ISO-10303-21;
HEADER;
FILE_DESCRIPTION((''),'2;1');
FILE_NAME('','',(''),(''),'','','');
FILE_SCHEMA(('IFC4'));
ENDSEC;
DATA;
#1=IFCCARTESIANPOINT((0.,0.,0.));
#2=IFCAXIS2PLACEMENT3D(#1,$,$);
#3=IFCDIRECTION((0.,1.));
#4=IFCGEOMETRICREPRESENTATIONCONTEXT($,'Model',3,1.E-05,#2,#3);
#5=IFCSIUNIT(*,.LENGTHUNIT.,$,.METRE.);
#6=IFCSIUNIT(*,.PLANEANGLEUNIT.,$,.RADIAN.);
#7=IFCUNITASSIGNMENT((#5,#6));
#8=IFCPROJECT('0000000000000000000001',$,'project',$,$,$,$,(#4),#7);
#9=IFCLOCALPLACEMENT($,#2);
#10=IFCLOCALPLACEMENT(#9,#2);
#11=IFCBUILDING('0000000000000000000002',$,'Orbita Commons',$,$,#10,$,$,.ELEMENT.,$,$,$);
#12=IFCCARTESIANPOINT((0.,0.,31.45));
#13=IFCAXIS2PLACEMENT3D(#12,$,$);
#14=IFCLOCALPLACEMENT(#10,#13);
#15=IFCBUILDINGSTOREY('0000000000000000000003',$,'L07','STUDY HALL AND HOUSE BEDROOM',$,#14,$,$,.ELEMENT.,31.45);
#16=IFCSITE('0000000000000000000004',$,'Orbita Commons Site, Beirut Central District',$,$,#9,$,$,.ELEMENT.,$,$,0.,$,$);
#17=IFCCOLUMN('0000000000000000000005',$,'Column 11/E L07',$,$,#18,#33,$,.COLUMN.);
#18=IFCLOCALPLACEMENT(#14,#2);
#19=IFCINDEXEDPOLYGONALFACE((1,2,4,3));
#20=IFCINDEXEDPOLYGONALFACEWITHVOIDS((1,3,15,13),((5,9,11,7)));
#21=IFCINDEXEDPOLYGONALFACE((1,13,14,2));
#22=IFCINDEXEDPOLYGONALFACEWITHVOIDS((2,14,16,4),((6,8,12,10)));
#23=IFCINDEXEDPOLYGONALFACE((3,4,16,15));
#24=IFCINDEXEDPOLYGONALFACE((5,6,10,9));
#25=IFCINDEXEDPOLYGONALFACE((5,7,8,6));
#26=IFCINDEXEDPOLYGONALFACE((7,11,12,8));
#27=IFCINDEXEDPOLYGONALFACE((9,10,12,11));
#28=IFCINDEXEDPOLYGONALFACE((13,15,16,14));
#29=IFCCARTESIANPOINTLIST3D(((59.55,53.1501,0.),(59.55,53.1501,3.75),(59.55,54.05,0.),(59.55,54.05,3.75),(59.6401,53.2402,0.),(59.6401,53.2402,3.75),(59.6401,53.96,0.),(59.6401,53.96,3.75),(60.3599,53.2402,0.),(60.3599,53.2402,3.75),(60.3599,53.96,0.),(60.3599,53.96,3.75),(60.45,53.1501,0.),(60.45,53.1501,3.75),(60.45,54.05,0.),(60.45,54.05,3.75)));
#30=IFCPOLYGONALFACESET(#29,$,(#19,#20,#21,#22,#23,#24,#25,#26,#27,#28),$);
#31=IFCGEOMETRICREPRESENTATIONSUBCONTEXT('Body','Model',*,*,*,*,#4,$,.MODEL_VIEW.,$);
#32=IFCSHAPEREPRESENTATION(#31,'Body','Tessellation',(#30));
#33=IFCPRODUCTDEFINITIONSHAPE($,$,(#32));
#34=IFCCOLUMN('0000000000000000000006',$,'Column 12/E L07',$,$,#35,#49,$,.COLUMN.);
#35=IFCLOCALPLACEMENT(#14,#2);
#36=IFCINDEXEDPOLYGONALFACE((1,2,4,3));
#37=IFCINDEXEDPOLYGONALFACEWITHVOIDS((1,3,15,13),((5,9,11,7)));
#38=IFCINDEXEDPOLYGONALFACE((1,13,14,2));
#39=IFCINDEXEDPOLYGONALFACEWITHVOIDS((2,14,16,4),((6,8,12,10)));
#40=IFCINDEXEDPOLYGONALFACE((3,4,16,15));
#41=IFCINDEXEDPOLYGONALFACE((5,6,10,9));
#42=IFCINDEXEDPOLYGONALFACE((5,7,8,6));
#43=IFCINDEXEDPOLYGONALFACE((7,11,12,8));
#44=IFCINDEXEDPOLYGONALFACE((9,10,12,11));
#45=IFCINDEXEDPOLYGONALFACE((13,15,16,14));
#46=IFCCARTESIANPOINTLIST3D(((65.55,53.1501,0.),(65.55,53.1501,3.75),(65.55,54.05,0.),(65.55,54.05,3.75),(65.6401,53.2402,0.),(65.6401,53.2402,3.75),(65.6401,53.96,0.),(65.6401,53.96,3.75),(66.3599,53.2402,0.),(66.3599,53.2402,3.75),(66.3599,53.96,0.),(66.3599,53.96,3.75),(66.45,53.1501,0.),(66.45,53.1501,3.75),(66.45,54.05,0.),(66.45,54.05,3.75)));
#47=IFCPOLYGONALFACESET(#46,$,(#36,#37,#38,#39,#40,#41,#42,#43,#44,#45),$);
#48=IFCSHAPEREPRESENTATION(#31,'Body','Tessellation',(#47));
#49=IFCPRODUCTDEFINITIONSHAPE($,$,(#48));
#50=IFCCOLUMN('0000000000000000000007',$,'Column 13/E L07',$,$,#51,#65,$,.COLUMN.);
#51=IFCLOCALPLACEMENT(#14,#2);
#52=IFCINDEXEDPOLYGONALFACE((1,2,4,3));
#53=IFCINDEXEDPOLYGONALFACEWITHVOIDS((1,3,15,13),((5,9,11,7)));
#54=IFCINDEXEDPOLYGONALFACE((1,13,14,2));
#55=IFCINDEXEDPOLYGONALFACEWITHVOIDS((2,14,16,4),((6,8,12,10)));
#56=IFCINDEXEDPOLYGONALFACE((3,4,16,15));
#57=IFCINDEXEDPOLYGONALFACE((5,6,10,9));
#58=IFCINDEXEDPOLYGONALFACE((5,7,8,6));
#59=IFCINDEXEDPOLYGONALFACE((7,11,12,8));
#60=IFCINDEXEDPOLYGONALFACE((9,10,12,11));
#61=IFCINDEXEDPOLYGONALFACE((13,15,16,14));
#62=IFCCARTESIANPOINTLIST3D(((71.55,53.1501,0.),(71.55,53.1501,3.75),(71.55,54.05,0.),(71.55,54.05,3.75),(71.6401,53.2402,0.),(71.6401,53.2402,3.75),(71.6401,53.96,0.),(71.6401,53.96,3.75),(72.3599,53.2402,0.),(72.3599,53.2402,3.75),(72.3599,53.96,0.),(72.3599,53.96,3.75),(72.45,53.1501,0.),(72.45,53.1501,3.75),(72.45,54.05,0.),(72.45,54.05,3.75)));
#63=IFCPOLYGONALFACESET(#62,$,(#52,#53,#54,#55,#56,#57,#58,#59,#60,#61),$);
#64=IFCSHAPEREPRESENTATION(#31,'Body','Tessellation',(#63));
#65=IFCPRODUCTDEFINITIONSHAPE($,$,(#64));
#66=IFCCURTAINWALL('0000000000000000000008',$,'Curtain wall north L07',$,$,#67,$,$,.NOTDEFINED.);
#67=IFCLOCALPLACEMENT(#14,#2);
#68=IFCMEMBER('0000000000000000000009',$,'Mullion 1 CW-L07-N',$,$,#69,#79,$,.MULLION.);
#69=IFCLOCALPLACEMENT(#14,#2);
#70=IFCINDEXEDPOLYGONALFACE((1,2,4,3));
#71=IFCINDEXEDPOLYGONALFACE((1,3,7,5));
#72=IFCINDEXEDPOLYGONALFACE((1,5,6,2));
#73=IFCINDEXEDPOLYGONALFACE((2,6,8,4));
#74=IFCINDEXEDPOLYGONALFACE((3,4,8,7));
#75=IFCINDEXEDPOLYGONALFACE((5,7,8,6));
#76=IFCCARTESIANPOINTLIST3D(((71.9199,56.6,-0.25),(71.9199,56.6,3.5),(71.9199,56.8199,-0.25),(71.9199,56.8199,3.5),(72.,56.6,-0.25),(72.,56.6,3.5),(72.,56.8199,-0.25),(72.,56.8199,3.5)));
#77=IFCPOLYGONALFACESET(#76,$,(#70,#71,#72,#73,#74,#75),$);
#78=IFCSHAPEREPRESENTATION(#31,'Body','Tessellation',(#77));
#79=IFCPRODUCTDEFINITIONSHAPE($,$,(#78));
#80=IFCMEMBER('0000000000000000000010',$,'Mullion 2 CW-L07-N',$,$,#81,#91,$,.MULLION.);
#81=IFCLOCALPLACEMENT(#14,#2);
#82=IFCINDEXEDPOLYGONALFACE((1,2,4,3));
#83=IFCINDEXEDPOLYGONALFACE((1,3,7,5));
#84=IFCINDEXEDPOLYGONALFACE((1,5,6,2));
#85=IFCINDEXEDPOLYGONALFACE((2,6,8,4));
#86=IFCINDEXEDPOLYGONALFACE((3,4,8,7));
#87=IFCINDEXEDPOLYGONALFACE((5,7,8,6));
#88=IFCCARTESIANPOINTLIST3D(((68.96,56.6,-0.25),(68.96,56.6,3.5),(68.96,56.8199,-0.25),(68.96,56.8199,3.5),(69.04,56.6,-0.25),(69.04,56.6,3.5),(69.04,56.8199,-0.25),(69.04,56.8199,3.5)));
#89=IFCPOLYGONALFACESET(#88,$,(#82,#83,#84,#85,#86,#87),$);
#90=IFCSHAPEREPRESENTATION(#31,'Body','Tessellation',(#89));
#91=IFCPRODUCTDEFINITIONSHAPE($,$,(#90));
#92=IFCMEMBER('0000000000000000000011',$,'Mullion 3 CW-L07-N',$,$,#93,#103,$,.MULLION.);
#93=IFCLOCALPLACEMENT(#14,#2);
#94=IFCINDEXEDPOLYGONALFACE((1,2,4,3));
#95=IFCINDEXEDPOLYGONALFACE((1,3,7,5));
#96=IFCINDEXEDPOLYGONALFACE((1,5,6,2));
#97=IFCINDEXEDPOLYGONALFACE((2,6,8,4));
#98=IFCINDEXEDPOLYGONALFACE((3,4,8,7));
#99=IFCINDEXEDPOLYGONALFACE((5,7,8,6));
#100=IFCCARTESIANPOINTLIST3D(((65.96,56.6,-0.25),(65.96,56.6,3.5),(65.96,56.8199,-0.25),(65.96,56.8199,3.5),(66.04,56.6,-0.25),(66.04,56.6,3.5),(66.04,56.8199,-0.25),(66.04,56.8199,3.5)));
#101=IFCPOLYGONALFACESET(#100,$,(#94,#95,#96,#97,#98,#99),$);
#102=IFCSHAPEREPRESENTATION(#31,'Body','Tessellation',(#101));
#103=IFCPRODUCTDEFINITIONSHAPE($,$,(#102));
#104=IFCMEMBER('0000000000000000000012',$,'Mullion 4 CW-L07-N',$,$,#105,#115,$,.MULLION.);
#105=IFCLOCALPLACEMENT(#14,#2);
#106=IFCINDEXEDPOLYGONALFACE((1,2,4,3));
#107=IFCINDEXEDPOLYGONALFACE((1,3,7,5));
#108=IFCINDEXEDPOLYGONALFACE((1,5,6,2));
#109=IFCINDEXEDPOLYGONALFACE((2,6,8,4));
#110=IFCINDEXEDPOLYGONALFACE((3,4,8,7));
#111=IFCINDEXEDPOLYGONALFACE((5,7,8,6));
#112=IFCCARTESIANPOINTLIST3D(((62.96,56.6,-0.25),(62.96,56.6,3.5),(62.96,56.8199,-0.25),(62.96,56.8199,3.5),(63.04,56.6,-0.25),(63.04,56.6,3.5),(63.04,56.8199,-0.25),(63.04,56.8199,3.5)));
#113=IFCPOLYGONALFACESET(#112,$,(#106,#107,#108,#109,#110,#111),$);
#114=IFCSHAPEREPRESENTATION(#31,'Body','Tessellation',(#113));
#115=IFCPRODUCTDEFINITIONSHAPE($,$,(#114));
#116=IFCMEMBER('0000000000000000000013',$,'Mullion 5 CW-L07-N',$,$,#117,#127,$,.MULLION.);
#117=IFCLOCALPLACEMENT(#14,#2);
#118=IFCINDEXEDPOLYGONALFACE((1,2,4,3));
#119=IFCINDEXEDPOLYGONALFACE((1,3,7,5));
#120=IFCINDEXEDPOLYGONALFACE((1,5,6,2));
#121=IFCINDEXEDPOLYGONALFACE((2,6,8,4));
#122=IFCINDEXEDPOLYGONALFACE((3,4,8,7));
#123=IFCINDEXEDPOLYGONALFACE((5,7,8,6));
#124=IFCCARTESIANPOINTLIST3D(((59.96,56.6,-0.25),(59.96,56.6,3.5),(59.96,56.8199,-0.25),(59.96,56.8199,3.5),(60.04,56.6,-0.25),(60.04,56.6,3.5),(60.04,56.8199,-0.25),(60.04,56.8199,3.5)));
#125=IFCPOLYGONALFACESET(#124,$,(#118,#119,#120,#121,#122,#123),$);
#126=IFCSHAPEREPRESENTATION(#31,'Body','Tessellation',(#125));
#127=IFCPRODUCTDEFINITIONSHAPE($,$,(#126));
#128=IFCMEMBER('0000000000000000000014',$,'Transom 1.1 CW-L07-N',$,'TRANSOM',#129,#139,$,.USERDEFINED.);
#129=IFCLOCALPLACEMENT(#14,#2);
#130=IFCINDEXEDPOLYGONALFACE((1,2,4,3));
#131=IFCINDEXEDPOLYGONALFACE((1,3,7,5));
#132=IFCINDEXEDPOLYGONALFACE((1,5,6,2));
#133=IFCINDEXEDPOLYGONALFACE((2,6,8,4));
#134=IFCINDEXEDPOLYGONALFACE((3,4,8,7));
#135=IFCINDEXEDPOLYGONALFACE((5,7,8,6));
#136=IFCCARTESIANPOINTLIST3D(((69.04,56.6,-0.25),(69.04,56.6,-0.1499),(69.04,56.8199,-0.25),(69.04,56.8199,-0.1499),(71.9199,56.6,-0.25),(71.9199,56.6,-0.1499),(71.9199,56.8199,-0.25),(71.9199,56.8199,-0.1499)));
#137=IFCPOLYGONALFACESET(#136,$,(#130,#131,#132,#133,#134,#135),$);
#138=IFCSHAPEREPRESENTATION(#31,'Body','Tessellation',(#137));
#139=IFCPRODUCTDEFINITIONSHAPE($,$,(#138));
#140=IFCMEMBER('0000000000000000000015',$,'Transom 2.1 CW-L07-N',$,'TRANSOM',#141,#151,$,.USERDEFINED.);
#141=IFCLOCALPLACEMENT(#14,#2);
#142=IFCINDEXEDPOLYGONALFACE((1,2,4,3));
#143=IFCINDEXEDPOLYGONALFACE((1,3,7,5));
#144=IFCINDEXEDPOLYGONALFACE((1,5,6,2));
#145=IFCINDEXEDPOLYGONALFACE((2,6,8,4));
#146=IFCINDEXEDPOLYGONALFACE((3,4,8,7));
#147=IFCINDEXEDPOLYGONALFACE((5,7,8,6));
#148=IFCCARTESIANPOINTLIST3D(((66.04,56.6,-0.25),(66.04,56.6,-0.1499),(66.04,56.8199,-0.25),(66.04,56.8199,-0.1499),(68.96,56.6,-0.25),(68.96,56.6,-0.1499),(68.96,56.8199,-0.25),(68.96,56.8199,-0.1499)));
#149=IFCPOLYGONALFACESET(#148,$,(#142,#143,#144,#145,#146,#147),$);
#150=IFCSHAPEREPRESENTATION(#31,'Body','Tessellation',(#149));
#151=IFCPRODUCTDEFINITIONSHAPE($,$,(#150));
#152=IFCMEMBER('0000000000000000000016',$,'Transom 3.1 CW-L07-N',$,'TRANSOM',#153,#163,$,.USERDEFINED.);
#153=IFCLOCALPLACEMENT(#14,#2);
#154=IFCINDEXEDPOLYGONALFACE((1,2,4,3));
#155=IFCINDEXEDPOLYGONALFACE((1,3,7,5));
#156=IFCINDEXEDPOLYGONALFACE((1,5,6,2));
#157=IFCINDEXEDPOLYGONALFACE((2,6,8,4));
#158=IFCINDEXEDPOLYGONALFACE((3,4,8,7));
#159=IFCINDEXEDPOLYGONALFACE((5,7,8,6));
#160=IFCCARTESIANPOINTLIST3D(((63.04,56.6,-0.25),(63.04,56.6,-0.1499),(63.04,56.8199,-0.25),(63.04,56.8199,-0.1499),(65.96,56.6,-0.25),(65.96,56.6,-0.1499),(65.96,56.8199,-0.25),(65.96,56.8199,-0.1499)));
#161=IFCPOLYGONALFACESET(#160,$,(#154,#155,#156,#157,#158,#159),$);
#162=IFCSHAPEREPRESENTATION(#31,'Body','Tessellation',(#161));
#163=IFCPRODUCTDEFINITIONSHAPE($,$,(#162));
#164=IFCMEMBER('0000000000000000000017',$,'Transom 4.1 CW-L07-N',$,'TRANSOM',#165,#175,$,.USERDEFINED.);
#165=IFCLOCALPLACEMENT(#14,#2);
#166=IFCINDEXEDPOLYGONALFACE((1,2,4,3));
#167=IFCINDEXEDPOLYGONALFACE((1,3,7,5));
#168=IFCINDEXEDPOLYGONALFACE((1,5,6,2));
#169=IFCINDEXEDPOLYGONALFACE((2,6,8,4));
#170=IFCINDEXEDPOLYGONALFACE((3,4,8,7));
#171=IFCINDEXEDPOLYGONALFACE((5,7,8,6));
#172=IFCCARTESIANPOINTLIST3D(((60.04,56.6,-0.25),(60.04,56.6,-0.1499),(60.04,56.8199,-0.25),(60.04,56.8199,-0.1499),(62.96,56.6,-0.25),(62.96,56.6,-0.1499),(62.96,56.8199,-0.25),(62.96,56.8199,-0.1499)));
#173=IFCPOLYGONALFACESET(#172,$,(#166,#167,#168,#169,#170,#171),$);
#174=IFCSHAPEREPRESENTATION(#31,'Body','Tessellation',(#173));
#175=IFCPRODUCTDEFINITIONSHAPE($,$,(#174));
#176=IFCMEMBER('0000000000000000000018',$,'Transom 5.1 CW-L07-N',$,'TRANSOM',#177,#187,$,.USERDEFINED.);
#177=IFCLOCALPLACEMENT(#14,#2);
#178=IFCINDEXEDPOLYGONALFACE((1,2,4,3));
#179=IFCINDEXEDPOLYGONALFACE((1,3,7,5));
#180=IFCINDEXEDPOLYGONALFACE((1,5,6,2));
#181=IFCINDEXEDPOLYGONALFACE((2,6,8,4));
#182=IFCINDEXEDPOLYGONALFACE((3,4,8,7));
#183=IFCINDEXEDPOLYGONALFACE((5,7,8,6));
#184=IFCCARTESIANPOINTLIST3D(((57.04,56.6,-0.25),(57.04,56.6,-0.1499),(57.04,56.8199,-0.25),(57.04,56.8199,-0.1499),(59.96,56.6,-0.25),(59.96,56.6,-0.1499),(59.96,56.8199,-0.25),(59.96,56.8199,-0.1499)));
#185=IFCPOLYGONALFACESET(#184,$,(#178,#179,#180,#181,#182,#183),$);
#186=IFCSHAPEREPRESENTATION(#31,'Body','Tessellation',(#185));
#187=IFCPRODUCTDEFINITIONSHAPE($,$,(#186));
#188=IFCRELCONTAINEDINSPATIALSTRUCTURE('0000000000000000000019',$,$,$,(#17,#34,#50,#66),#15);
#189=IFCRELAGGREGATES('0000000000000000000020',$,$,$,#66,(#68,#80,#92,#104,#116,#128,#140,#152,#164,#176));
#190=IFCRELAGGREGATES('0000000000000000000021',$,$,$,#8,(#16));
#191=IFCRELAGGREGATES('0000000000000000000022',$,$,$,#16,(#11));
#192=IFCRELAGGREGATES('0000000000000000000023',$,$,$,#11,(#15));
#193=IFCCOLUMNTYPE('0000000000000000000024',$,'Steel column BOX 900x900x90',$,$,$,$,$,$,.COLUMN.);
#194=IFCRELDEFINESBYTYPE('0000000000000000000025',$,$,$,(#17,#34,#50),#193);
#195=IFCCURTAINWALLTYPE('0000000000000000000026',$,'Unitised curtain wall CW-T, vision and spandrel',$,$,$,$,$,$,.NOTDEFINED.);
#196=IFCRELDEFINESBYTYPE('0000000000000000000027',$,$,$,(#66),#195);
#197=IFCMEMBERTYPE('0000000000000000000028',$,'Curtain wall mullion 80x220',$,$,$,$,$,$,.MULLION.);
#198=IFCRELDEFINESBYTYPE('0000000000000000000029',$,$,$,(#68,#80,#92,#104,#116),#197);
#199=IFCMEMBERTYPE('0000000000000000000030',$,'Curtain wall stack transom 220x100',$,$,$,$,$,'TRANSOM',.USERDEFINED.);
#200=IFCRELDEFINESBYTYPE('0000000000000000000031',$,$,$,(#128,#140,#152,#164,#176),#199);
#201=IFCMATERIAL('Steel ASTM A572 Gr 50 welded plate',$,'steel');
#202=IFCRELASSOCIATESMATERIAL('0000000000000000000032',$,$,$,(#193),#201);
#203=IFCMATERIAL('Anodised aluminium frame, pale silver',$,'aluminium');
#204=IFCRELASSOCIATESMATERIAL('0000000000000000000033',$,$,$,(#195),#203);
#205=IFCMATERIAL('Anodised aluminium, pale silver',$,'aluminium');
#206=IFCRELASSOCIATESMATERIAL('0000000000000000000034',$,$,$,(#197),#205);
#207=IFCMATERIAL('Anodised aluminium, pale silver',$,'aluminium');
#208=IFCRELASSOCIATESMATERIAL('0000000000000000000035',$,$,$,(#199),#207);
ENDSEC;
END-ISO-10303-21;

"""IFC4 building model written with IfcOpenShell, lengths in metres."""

from ifc_helpers import new_model, si_unit, direction, frame, origin, origin_2d, place, context, subcontext, project, spatial, rectangle, hollow_rectangle, extrude, material, material_profile, profile_set, type_object, element, aggregate, save


model = new_model("IFC4")

# Units and contexts
model_context = context("Model", 3, precision=1e-05, world=origin(), true_north=direction((0.0, 1.0)))
body_context = subcontext(model_context, "Body", "Model", "MODEL_VIEW")
ifc_project = project(units=[si_unit("LENGTHUNIT", "METRE"), si_unit("PLANEANGLEUNIT", "RADIAN")], contexts=[model_context])

# Site, building, storey
site_placement = place(None, origin())
site = spatial("IfcSite", under=ifc_project, at=site_placement, Name="Orbita Commons Site, Beirut Central District", CompositionType="ELEMENT", RefElevation=0.0)
building_placement = place(site_placement, origin())
building = spatial("IfcBuilding", under=site, at=building_placement, Name="Orbita Commons", CompositionType="ELEMENT")
storey_placement = place(building_placement, frame((0.0, 0.0, 31.45)))
storey = spatial("IfcBuildingStorey", under=building, at=storey_placement, Name="L07", Description="STUDY HALL AND HOUSE BEDROOM", CompositionType="ELEMENT", Elevation=31.45)

# Columns
ifc_material_1 = material(Name="Steel ASTM A572 Gr 50 welded plate", Category="steel")
ifc_material_profile_1 = material_profile(ifc_material_1, hollow_rectangle(XDim=0.8999, YDim=0.8999, WallThickness=0.0901, at=origin_2d()), Name="BOX 900x900x90")
ifc_profile_set_1 = profile_set([ifc_material_profile_1], Name="Steel ASTM A572 Gr 50 welded plate")
column_type = type_object("IfcColumnType", Name="Steel column BOX 900x900x90", PredefinedType="COLUMN", material=ifc_profile_set_1)
for number, where, z_axis, x_axis, name in (
    (1, (60.0, 53.6001, 0.0), (0.0, 0.0, 1.0), (1.0, 0.0, 0.0), "Column 11/E L07"),
    (2, (66.0, 53.6001, 0.0), (0.0, 0.0, 1.0), (1.0, 0.0, 0.0), "Column 12/E L07"),
    (3, (72.0, 53.6001, 0.0), (0.0, 0.0, 1.0), (1.0, 0.0, 0.0), "Column 13/E L07"),
):
    element("IfcColumn", number, at=place(storey_placement, frame(where, z_axis=z_axis, x_axis=x_axis)), inside=storey, type_object=column_type, Name=name, PredefinedType="COLUMN", context=body_context, shape_type="SweptSolid", body=[
        extrude(hollow_rectangle(XDim=0.8999, YDim=0.8999, WallThickness=0.0901, at=origin_2d()), origin(), (0.0, 0.0, 1.0), 3.75),
    ])

# Curtain wall, members
ifc_material_2 = material(Name="Anodised aluminium frame, pale silver", Category="aluminium")
curtain_wall_type = type_object("IfcCurtainWallType", Name="Unitised curtain wall CW-T, vision and spandrel", PredefinedType="NOTDEFINED", material=ifc_material_2)
curtain_wall_placement = place(storey_placement, origin())
curtain_wall = element("IfcCurtainWall", 4, at=curtain_wall_placement, inside=storey, type_object=curtain_wall_type, Name="Curtain wall north L07", PredefinedType="NOTDEFINED")
ifc_material_3 = material(Name="Anodised aluminium, pale silver", Category="aluminium")
ifc_material_profile_2 = material_profile(ifc_material_3, rectangle(XDim=0.0801, YDim=0.22, at=origin_2d()), Name="AL 80x220")
ifc_profile_set_2 = profile_set([ifc_material_profile_2], Name="Anodised aluminium, pale silver")
member_type_1 = type_object("IfcMemberType", Name="Curtain wall mullion 80x220", PredefinedType="MULLION", material=ifc_profile_set_2)
member_1_placement = place(storey_placement, frame((71.96, 56.71, -0.25), z_axis=(0.0, 0.0, 1.0), x_axis=(-1.0, 0.0, 0.0)))
member_1 = element("IfcMember", 5, at=member_1_placement, type_object=member_type_1, Name="Mullion 1 CW-L07-N", PredefinedType="MULLION", context=body_context, shape_type="SweptSolid", body=[
    extrude(rectangle(XDim=0.0801, YDim=0.22, at=origin_2d()), origin(), (0.0, 0.0, 1.0), 3.75),
])
member_2_placement = place(storey_placement, frame((69.0, 56.71, -0.25), z_axis=(0.0, 0.0, 1.0), x_axis=(-1.0, 0.0, 0.0)))
member_2 = element("IfcMember", 6, at=member_2_placement, type_object=member_type_1, Name="Mullion 2 CW-L07-N", PredefinedType="MULLION", context=body_context, shape_type="SweptSolid", body=[
    extrude(rectangle(XDim=0.0801, YDim=0.22, at=origin_2d()), origin(), (0.0, 0.0, 1.0), 3.75),
])
member_3_placement = place(storey_placement, frame((66.0, 56.71, -0.25), z_axis=(0.0, 0.0, 1.0), x_axis=(-1.0, 0.0, 0.0)))
member_3 = element("IfcMember", 7, at=member_3_placement, type_object=member_type_1, Name="Mullion 3 CW-L07-N", PredefinedType="MULLION", context=body_context, shape_type="SweptSolid", body=[
    extrude(rectangle(XDim=0.0801, YDim=0.22, at=origin_2d()), origin(), (0.0, 0.0, 1.0), 3.75),
])
member_4_placement = place(storey_placement, frame((63.0, 56.71, -0.25), z_axis=(0.0, 0.0, 1.0), x_axis=(-1.0, 0.0, 0.0)))
member_4 = element("IfcMember", 8, at=member_4_placement, type_object=member_type_1, Name="Mullion 4 CW-L07-N", PredefinedType="MULLION", context=body_context, shape_type="SweptSolid", body=[
    extrude(rectangle(XDim=0.0801, YDim=0.22, at=origin_2d()), origin(), (0.0, 0.0, 1.0), 3.75),
])
member_5_placement = place(storey_placement, frame((60.0, 56.71, -0.25), z_axis=(0.0, 0.0, 1.0), x_axis=(-1.0, 0.0, 0.0)))
member_5 = element("IfcMember", 9, at=member_5_placement, type_object=member_type_1, Name="Mullion 5 CW-L07-N", PredefinedType="MULLION", context=body_context, shape_type="SweptSolid", body=[
    extrude(rectangle(XDim=0.0801, YDim=0.22, at=origin_2d()), origin(), (0.0, 0.0, 1.0), 3.75),
])
ifc_material_4 = material(Name="Anodised aluminium, pale silver", Category="aluminium")
ifc_material_profile_3 = material_profile(ifc_material_4, rectangle(XDim=0.22, YDim=0.1001, at=origin_2d()), Name="AL 220x100")
ifc_profile_set_3 = profile_set([ifc_material_profile_3], Name="Anodised aluminium, pale silver")
member_type_2 = type_object("IfcMemberType", Name="Curtain wall stack transom 220x100", ElementType="TRANSOM", PredefinedType="USERDEFINED", material=ifc_profile_set_3)
member_6_placement = place(storey_placement, frame((71.9199, 56.71, -0.2), z_axis=(-1.0, 0.0, 0.0), x_axis=(0.0, -1.0, 0.0)))
member_6 = element("IfcMember", 10, at=member_6_placement, type_object=member_type_2, Name="Transom 1.1 CW-L07-N", ObjectType="TRANSOM", PredefinedType="USERDEFINED", context=body_context, shape_type="SweptSolid", body=[
    extrude(rectangle(XDim=0.22, YDim=0.1001, at=origin_2d()), origin(), (0.0, 0.0, 1.0), 2.8799),
])
member_7_placement = place(storey_placement, frame((68.96, 56.71, -0.2), z_axis=(-1.0, 0.0, 0.0), x_axis=(0.0, -1.0, 0.0)))
member_7 = element("IfcMember", 11, at=member_7_placement, type_object=member_type_2, Name="Transom 2.1 CW-L07-N", ObjectType="TRANSOM", PredefinedType="USERDEFINED", context=body_context, shape_type="SweptSolid", body=[
    extrude(rectangle(XDim=0.22, YDim=0.1001, at=origin_2d()), origin(), (0.0, 0.0, 1.0), 2.9199),
])
member_8_placement = place(storey_placement, frame((65.96, 56.71, -0.2), z_axis=(-1.0, 0.0, 0.0), x_axis=(0.0, -1.0, 0.0)))
member_8 = element("IfcMember", 12, at=member_8_placement, type_object=member_type_2, Name="Transom 3.1 CW-L07-N", ObjectType="TRANSOM", PredefinedType="USERDEFINED", context=body_context, shape_type="SweptSolid", body=[
    extrude(rectangle(XDim=0.22, YDim=0.1001, at=origin_2d()), origin(), (0.0, 0.0, 1.0), 2.9199),
])
member_9_placement = place(storey_placement, frame((62.96, 56.71, -0.2), z_axis=(-1.0, 0.0, 0.0), x_axis=(0.0, -1.0, 0.0)))
member_9 = element("IfcMember", 13, at=member_9_placement, type_object=member_type_2, Name="Transom 4.1 CW-L07-N", ObjectType="TRANSOM", PredefinedType="USERDEFINED", context=body_context, shape_type="SweptSolid", body=[
    extrude(rectangle(XDim=0.22, YDim=0.1001, at=origin_2d()), origin(), (0.0, 0.0, 1.0), 2.9199),
])
member_10_placement = place(storey_placement, frame((59.96, 56.71, -0.2), z_axis=(-1.0, 0.0, 0.0), x_axis=(0.0, -1.0, 0.0)))
member_10 = element("IfcMember", 14, at=member_10_placement, type_object=member_type_2, Name="Transom 5.1 CW-L07-N", ObjectType="TRANSOM", PredefinedType="USERDEFINED", context=body_context, shape_type="SweptSolid", body=[
    extrude(rectangle(XDim=0.22, YDim=0.1001, at=origin_2d()), origin(), (0.0, 0.0, 1.0), 2.9199),
])

aggregate(curtain_wall, [member_1, member_2, member_3, member_4, member_5, member_6, member_7, member_8, member_9, member_10])

save(model, "model.ifc")
